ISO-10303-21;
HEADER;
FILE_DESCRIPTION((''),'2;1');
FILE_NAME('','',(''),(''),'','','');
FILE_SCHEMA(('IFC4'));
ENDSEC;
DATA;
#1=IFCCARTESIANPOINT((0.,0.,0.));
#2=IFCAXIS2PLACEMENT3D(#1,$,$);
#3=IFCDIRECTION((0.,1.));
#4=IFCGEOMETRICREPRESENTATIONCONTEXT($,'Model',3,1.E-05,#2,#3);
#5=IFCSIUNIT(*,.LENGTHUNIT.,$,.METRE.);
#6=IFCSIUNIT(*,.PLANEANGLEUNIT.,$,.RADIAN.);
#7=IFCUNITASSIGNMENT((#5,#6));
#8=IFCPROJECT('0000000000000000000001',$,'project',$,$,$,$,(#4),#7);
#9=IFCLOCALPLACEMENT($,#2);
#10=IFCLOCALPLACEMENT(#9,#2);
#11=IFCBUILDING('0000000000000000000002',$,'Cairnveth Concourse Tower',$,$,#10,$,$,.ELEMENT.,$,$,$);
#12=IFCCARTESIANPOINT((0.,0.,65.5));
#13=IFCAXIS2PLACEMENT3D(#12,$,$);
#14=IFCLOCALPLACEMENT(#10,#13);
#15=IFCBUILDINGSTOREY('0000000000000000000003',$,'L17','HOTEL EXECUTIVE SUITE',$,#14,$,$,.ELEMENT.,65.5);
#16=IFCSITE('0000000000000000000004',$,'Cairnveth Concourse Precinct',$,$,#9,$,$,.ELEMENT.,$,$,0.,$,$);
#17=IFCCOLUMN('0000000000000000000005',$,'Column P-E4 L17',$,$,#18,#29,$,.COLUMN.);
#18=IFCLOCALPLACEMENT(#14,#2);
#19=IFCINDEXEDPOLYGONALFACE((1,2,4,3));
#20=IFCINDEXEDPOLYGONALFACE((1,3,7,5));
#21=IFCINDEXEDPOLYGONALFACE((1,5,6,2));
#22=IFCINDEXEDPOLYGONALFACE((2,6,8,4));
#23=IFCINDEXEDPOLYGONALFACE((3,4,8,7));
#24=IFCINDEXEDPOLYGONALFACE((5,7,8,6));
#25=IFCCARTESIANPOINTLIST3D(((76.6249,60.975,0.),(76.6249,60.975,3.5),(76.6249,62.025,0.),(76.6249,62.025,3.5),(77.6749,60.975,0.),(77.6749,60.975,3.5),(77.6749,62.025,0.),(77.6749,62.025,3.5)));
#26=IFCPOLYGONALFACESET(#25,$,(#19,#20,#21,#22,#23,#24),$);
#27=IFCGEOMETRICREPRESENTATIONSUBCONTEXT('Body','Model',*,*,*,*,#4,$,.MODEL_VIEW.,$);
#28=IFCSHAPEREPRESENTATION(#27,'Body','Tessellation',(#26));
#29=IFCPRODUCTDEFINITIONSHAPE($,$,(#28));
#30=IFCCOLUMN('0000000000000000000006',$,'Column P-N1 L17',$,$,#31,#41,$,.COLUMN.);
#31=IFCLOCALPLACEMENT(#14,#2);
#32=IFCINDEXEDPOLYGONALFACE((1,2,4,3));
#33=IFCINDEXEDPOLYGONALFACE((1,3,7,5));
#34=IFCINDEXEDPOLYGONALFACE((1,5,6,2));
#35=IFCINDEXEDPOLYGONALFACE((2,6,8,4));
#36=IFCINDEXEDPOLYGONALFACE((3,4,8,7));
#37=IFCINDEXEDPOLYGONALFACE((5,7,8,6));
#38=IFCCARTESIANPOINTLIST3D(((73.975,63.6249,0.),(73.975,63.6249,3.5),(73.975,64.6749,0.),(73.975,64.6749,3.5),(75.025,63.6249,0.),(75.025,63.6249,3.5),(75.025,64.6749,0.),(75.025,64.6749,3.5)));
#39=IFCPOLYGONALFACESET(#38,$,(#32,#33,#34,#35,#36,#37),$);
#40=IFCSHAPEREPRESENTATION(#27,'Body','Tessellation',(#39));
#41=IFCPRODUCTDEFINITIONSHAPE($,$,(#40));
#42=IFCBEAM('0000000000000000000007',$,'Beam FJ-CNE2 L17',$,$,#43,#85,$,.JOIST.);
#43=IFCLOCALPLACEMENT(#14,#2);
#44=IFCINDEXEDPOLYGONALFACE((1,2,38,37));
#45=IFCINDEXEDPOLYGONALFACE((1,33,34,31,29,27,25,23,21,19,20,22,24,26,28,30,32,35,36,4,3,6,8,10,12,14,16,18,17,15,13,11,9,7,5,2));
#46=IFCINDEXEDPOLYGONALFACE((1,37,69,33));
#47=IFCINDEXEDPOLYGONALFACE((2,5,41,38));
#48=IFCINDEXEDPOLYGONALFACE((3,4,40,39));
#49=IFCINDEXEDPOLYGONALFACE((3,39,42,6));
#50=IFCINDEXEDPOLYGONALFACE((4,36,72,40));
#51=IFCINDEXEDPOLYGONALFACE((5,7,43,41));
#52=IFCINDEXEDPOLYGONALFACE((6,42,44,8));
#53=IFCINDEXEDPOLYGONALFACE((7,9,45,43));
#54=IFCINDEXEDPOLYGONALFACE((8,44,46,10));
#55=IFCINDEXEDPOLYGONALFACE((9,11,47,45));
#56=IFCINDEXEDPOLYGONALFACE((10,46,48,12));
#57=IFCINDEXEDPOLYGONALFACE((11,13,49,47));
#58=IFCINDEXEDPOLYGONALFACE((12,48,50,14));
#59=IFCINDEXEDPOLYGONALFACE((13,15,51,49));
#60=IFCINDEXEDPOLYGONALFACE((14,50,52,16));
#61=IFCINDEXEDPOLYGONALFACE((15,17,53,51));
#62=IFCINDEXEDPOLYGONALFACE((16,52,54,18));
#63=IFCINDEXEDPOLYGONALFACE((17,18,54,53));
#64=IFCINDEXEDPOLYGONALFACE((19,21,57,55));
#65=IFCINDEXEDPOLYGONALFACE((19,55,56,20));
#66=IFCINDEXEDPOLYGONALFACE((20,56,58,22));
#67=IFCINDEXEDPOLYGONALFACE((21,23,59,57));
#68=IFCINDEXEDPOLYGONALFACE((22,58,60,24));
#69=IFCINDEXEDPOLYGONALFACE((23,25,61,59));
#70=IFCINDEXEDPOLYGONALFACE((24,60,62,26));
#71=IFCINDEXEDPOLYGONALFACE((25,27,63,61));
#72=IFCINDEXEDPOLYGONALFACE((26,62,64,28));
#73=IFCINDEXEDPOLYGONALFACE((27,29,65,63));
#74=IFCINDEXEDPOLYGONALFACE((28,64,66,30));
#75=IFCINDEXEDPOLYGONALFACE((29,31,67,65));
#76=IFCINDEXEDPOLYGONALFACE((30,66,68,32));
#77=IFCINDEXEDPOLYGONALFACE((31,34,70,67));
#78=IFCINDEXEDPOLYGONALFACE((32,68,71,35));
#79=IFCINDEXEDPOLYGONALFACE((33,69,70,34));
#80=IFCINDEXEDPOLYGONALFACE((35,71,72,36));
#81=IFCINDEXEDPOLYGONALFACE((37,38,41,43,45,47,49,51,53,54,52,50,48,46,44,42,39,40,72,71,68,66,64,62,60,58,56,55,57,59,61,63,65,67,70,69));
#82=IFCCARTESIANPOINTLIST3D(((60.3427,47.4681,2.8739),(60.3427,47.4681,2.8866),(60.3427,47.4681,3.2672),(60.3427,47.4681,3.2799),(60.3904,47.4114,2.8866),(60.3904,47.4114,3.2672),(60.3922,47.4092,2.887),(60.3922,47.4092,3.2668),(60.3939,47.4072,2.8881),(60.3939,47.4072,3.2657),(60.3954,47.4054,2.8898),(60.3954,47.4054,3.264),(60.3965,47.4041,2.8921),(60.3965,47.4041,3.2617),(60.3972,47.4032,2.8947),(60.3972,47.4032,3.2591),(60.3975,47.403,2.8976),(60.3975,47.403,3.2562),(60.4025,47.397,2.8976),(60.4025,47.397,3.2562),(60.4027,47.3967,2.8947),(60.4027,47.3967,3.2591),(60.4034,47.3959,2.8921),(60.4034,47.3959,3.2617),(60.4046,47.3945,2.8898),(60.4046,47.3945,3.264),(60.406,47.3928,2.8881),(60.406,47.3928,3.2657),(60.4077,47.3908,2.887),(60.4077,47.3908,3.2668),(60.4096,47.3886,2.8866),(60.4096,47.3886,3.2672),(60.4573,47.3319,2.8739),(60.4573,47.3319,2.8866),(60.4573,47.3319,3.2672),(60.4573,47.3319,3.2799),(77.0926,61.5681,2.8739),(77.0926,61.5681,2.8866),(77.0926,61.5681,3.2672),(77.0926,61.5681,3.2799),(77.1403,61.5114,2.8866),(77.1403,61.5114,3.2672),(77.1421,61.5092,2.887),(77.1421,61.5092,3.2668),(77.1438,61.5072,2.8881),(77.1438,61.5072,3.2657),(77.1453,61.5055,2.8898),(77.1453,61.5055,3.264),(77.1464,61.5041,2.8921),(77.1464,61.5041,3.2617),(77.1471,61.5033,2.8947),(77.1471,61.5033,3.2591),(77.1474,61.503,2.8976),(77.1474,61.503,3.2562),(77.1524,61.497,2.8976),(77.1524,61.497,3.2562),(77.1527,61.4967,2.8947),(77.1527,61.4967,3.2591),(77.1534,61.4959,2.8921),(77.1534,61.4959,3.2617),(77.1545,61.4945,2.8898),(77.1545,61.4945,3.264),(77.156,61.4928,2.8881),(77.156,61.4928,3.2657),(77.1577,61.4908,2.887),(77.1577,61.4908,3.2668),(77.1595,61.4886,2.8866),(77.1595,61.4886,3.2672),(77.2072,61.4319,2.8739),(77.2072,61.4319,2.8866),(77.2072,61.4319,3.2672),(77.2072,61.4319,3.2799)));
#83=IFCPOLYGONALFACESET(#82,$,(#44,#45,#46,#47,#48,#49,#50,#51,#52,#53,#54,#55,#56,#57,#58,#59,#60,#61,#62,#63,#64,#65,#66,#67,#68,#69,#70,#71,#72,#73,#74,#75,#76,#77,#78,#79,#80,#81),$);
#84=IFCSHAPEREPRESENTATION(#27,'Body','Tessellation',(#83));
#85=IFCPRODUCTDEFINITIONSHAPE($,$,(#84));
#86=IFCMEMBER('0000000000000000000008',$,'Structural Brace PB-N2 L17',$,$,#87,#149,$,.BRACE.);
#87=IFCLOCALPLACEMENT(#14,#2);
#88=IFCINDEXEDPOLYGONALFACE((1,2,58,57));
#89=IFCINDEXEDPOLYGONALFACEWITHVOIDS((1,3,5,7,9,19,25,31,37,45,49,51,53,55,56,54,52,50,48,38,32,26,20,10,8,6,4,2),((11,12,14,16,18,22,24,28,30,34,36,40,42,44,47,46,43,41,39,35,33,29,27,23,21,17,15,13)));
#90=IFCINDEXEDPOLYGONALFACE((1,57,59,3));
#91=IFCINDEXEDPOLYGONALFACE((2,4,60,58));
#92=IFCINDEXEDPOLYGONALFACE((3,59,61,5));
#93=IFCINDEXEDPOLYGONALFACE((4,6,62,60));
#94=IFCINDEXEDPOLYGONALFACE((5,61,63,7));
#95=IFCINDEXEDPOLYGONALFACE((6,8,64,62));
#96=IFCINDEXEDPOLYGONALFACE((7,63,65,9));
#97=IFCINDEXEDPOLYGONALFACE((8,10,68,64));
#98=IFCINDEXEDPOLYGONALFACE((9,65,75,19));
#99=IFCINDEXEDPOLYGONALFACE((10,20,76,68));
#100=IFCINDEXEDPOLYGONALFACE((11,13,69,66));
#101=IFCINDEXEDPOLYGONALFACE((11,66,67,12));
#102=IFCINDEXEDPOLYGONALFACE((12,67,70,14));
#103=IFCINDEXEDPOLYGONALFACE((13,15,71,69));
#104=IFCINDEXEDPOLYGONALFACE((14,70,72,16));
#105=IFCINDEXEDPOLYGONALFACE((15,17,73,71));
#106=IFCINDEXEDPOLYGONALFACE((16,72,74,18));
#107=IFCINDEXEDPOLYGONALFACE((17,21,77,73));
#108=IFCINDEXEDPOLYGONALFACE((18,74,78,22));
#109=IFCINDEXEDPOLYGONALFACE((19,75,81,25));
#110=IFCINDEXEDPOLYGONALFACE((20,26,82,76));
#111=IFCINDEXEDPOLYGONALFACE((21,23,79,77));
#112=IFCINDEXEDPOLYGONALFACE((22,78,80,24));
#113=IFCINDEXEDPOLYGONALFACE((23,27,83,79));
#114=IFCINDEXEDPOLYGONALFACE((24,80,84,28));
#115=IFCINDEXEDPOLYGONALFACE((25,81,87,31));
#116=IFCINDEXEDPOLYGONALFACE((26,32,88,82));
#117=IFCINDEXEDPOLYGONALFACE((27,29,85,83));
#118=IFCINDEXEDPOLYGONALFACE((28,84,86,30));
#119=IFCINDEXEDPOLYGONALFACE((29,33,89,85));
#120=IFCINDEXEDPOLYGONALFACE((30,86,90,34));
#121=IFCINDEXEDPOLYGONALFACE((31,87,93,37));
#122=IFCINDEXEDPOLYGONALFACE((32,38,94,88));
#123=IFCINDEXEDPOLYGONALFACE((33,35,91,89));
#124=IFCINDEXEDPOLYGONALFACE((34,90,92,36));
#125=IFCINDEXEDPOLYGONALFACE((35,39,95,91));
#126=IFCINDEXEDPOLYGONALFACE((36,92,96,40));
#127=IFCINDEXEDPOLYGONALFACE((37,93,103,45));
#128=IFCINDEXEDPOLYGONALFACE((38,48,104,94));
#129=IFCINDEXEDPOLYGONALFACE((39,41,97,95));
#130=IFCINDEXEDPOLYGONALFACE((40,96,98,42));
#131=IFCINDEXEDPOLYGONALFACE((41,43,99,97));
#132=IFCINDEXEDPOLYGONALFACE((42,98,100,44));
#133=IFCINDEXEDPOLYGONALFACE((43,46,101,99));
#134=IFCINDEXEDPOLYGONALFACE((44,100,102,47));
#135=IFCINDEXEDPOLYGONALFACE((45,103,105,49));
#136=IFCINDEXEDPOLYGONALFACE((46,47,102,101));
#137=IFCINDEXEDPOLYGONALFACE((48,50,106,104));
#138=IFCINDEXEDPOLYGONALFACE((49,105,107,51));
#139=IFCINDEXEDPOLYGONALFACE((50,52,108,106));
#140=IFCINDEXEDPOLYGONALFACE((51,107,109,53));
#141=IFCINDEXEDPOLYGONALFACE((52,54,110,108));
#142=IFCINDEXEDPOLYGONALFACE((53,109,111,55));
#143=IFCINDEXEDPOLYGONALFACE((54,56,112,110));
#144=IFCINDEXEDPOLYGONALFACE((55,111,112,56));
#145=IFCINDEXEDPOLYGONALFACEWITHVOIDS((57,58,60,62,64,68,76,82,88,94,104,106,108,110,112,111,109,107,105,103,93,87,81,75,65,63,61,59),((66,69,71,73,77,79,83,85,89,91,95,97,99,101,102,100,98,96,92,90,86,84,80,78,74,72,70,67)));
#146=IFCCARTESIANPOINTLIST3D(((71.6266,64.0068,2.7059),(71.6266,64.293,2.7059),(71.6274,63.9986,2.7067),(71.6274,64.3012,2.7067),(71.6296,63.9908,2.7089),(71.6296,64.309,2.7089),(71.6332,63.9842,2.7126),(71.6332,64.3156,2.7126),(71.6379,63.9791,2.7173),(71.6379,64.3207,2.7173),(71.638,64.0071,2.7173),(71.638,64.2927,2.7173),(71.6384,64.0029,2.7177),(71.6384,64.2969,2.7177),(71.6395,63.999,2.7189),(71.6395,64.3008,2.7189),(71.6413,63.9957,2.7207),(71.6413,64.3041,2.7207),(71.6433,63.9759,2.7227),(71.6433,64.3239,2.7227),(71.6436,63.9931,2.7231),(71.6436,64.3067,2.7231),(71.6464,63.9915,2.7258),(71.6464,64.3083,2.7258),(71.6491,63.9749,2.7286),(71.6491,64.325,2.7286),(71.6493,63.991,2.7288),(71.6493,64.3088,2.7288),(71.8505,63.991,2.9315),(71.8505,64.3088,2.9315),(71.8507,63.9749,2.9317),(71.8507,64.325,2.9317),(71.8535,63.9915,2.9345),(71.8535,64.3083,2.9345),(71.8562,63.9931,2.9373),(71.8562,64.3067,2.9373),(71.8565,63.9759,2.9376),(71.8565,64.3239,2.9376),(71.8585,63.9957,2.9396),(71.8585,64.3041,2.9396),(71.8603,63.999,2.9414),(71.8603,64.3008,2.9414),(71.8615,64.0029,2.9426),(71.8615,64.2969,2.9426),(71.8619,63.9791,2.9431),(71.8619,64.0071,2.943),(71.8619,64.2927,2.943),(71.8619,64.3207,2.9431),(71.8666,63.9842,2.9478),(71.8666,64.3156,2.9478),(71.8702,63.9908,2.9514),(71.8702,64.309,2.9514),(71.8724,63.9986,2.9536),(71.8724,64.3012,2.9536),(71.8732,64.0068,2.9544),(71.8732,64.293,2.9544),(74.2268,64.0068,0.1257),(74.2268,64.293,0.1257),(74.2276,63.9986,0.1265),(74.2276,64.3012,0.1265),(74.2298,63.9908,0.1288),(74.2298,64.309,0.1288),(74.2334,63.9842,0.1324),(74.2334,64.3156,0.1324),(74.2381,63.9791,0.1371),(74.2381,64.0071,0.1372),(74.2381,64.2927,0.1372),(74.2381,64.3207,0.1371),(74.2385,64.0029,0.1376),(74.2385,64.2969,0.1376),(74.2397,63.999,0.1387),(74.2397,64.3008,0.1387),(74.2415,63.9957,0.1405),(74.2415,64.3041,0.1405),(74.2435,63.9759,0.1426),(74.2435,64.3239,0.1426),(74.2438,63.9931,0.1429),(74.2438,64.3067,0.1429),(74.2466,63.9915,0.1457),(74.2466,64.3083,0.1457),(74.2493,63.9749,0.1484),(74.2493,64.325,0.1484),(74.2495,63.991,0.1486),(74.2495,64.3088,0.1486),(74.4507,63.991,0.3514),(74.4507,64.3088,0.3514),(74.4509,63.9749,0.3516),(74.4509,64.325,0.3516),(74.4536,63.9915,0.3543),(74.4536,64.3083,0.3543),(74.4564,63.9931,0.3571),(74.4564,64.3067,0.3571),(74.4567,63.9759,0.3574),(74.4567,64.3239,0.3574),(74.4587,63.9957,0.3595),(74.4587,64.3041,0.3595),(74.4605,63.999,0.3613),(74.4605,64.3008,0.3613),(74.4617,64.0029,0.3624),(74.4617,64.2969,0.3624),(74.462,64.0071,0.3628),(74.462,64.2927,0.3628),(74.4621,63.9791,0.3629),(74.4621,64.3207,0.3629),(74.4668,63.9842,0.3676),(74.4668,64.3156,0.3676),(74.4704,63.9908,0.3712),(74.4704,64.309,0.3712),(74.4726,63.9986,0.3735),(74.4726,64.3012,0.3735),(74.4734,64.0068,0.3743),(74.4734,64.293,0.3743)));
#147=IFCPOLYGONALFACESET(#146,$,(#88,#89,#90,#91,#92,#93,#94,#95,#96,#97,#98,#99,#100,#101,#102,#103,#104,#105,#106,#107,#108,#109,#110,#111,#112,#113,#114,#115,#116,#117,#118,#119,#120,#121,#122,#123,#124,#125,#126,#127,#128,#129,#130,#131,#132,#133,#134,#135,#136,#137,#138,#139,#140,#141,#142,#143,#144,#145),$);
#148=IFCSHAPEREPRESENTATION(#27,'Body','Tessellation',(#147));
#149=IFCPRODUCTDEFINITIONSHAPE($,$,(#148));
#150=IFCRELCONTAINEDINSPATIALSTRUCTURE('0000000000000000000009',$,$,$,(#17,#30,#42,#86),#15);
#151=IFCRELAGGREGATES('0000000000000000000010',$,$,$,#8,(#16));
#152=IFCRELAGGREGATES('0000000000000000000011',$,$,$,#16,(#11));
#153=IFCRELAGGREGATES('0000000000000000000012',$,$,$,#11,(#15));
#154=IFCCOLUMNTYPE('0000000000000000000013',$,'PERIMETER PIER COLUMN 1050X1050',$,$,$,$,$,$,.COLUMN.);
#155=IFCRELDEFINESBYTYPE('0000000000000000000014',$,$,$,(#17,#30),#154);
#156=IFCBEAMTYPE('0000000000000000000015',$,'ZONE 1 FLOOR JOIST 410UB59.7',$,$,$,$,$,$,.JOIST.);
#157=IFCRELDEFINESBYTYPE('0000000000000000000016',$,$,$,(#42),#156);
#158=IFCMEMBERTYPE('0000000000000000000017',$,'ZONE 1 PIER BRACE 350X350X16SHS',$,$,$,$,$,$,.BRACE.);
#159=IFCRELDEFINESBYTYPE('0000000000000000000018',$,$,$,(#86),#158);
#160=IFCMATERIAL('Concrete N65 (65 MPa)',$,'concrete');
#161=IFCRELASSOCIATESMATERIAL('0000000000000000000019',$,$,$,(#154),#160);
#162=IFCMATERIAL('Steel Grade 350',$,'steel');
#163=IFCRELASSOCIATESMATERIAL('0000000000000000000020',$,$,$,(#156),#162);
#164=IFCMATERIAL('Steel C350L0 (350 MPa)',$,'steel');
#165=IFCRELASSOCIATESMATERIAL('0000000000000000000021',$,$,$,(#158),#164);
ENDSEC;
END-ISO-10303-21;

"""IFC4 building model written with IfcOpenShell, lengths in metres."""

from ifc_helpers import new_model, si_unit, direction, frame, origin, origin_2d, place, context, subcontext, project, spatial, rectangle, hollow_rectangle, i_section, extrude, material, material_profile, profile_set, type_object, element, save


model = new_model("IFC4")

# Units and contexts
model_context = context("Model", 3, precision=1e-05, world=origin(), true_north=direction((0.0, 1.0)))
body_context = subcontext(model_context, "Body", "Model", "MODEL_VIEW")
ifc_project = project(units=[si_unit("LENGTHUNIT", "METRE"), si_unit("PLANEANGLEUNIT", "RADIAN")], contexts=[model_context])

# Site, building, storey
site_placement = place(None, origin())
site = spatial("IfcSite", under=ifc_project, at=site_placement, Name="Cairnveth Concourse Precinct", CompositionType="ELEMENT", RefElevation=0.0)
building_placement = place(site_placement, origin())
building = spatial("IfcBuilding", under=site, at=building_placement, Name="Cairnveth Concourse Tower", CompositionType="ELEMENT")
storey_placement = place(building_placement, frame((0.0, 0.0, 65.5)))
storey = spatial("IfcBuildingStorey", under=building, at=storey_placement, Name="L17", Description="HOTEL EXECUTIVE SUITE", CompositionType="ELEMENT", Elevation=65.5)

# Columns
ifc_material_1 = material(Name="Concrete N65 (65 MPa)", Category="concrete")
ifc_material_profile_1 = material_profile(ifc_material_1, rectangle(XDim=1.05, YDim=1.05, at=origin_2d()), Name="RC-COL-1050x1050")
ifc_profile_set_1 = profile_set([ifc_material_profile_1], Name="Concrete N65 (65 MPa)")
column_type = type_object("IfcColumnType", Name="PERIMETER PIER COLUMN 1050X1050", PredefinedType="COLUMN", material=ifc_profile_set_1)
for number, where, z_axis, x_axis, name in (
    (1, (77.1499, 61.5, 0.0), (0.0, 0.0, 1.0), (0.0, 1.0, 0.0), "Column P-E4 L17"),
    (2, (74.5, 64.1499, 0.0), (0.0, 0.0, 1.0), (1.0, 0.0, 0.0), "Column P-N1 L17"),
):
    element("IfcColumn", number, at=place(storey_placement, frame(where, z_axis=z_axis, x_axis=x_axis)), inside=storey, type_object=column_type, Name=name, PredefinedType="COLUMN", context=body_context, shape_type="SweptSolid", body=[
        extrude(rectangle(XDim=1.05, YDim=1.05, at=origin_2d()), origin(), (0.0, 0.0, 1.0), 3.5),
    ])

# Beam
ifc_material_2 = material(Name="Steel Grade 350", Category="steel")
ifc_material_profile_2 = material_profile(ifc_material_2, i_section(OverallWidth=0.178, OverallDepth=0.406, WebThickness=0.0078, FlangeThickness=0.0127, FilletRadius=0.011, at=origin_2d()), Name="410UB59.7")
ifc_profile_set_2 = profile_set([ifc_material_profile_2], Name="Steel Grade 350")
beam_type_1 = type_object("IfcBeamType", Name="ZONE 1 FLOOR JOIST 410UB59.7", PredefinedType="JOIST", material=ifc_profile_set_2)
beam_1_placement = place(storey_placement, frame((77.1499, 61.5, 3.0769), z_axis=(-0.765027, -0.643998, 0.0), x_axis=(0.643998, -0.765027, 0.0)))
element("IfcBeam", 3, at=beam_1_placement, inside=storey, type_object=beam_type_1, Name="Beam FJ-CNE2 L17", PredefinedType="JOIST", context=body_context, shape_type="SweptSolid", body=[
    extrude(i_section(OverallWidth=0.178, OverallDepth=0.406, WebThickness=0.0078, FlangeThickness=0.0127, FilletRadius=0.011, at=origin_2d()), origin(), (0.0, 0.0, 1.0), 21.8945),
])

# Member
ifc_material_3 = material(Name="Steel C350L0 (350 MPa)", Category="steel")
ifc_material_profile_3 = material_profile(ifc_material_3, hollow_rectangle(XDim=0.3501, YDim=0.3501, WallThickness=0.0161, InnerFilletRadius=0.0161, OuterFilletRadius=0.032, at=origin_2d()), Name="350x350x16.0SHS")
ifc_profile_set_3 = profile_set([ifc_material_profile_3], Name="Steel C350L0 (350 MPa)")
member_type = type_object("IfcMemberType", Name="ZONE 1 PIER BRACE 350X350X16SHS", PredefinedType="BRACE", material=ifc_profile_set_3)
for number, where, z_axis, x_axis, name in (
    (4, (74.3501, 64.1499, 0.25), (-0.709834, 0.0, 0.704369), (0.0, -1.0, 0.0), "Structural Brace PB-N2 L17"),
):
    element("IfcMember", number, at=place(storey_placement, frame(where, z_axis=z_axis, x_axis=x_axis)), inside=storey, type_object=member_type, Name=name, PredefinedType="BRACE", context=body_context, shape_type="SweptSolid", body=[
        extrude(hollow_rectangle(XDim=0.3501, YDim=0.3501, WallThickness=0.0161, InnerFilletRadius=0.0161, OuterFilletRadius=0.032, at=origin_2d()), origin(), (0.0, 0.0, 1.0), 3.6631),
    ])

save(model, "model.ifc")
